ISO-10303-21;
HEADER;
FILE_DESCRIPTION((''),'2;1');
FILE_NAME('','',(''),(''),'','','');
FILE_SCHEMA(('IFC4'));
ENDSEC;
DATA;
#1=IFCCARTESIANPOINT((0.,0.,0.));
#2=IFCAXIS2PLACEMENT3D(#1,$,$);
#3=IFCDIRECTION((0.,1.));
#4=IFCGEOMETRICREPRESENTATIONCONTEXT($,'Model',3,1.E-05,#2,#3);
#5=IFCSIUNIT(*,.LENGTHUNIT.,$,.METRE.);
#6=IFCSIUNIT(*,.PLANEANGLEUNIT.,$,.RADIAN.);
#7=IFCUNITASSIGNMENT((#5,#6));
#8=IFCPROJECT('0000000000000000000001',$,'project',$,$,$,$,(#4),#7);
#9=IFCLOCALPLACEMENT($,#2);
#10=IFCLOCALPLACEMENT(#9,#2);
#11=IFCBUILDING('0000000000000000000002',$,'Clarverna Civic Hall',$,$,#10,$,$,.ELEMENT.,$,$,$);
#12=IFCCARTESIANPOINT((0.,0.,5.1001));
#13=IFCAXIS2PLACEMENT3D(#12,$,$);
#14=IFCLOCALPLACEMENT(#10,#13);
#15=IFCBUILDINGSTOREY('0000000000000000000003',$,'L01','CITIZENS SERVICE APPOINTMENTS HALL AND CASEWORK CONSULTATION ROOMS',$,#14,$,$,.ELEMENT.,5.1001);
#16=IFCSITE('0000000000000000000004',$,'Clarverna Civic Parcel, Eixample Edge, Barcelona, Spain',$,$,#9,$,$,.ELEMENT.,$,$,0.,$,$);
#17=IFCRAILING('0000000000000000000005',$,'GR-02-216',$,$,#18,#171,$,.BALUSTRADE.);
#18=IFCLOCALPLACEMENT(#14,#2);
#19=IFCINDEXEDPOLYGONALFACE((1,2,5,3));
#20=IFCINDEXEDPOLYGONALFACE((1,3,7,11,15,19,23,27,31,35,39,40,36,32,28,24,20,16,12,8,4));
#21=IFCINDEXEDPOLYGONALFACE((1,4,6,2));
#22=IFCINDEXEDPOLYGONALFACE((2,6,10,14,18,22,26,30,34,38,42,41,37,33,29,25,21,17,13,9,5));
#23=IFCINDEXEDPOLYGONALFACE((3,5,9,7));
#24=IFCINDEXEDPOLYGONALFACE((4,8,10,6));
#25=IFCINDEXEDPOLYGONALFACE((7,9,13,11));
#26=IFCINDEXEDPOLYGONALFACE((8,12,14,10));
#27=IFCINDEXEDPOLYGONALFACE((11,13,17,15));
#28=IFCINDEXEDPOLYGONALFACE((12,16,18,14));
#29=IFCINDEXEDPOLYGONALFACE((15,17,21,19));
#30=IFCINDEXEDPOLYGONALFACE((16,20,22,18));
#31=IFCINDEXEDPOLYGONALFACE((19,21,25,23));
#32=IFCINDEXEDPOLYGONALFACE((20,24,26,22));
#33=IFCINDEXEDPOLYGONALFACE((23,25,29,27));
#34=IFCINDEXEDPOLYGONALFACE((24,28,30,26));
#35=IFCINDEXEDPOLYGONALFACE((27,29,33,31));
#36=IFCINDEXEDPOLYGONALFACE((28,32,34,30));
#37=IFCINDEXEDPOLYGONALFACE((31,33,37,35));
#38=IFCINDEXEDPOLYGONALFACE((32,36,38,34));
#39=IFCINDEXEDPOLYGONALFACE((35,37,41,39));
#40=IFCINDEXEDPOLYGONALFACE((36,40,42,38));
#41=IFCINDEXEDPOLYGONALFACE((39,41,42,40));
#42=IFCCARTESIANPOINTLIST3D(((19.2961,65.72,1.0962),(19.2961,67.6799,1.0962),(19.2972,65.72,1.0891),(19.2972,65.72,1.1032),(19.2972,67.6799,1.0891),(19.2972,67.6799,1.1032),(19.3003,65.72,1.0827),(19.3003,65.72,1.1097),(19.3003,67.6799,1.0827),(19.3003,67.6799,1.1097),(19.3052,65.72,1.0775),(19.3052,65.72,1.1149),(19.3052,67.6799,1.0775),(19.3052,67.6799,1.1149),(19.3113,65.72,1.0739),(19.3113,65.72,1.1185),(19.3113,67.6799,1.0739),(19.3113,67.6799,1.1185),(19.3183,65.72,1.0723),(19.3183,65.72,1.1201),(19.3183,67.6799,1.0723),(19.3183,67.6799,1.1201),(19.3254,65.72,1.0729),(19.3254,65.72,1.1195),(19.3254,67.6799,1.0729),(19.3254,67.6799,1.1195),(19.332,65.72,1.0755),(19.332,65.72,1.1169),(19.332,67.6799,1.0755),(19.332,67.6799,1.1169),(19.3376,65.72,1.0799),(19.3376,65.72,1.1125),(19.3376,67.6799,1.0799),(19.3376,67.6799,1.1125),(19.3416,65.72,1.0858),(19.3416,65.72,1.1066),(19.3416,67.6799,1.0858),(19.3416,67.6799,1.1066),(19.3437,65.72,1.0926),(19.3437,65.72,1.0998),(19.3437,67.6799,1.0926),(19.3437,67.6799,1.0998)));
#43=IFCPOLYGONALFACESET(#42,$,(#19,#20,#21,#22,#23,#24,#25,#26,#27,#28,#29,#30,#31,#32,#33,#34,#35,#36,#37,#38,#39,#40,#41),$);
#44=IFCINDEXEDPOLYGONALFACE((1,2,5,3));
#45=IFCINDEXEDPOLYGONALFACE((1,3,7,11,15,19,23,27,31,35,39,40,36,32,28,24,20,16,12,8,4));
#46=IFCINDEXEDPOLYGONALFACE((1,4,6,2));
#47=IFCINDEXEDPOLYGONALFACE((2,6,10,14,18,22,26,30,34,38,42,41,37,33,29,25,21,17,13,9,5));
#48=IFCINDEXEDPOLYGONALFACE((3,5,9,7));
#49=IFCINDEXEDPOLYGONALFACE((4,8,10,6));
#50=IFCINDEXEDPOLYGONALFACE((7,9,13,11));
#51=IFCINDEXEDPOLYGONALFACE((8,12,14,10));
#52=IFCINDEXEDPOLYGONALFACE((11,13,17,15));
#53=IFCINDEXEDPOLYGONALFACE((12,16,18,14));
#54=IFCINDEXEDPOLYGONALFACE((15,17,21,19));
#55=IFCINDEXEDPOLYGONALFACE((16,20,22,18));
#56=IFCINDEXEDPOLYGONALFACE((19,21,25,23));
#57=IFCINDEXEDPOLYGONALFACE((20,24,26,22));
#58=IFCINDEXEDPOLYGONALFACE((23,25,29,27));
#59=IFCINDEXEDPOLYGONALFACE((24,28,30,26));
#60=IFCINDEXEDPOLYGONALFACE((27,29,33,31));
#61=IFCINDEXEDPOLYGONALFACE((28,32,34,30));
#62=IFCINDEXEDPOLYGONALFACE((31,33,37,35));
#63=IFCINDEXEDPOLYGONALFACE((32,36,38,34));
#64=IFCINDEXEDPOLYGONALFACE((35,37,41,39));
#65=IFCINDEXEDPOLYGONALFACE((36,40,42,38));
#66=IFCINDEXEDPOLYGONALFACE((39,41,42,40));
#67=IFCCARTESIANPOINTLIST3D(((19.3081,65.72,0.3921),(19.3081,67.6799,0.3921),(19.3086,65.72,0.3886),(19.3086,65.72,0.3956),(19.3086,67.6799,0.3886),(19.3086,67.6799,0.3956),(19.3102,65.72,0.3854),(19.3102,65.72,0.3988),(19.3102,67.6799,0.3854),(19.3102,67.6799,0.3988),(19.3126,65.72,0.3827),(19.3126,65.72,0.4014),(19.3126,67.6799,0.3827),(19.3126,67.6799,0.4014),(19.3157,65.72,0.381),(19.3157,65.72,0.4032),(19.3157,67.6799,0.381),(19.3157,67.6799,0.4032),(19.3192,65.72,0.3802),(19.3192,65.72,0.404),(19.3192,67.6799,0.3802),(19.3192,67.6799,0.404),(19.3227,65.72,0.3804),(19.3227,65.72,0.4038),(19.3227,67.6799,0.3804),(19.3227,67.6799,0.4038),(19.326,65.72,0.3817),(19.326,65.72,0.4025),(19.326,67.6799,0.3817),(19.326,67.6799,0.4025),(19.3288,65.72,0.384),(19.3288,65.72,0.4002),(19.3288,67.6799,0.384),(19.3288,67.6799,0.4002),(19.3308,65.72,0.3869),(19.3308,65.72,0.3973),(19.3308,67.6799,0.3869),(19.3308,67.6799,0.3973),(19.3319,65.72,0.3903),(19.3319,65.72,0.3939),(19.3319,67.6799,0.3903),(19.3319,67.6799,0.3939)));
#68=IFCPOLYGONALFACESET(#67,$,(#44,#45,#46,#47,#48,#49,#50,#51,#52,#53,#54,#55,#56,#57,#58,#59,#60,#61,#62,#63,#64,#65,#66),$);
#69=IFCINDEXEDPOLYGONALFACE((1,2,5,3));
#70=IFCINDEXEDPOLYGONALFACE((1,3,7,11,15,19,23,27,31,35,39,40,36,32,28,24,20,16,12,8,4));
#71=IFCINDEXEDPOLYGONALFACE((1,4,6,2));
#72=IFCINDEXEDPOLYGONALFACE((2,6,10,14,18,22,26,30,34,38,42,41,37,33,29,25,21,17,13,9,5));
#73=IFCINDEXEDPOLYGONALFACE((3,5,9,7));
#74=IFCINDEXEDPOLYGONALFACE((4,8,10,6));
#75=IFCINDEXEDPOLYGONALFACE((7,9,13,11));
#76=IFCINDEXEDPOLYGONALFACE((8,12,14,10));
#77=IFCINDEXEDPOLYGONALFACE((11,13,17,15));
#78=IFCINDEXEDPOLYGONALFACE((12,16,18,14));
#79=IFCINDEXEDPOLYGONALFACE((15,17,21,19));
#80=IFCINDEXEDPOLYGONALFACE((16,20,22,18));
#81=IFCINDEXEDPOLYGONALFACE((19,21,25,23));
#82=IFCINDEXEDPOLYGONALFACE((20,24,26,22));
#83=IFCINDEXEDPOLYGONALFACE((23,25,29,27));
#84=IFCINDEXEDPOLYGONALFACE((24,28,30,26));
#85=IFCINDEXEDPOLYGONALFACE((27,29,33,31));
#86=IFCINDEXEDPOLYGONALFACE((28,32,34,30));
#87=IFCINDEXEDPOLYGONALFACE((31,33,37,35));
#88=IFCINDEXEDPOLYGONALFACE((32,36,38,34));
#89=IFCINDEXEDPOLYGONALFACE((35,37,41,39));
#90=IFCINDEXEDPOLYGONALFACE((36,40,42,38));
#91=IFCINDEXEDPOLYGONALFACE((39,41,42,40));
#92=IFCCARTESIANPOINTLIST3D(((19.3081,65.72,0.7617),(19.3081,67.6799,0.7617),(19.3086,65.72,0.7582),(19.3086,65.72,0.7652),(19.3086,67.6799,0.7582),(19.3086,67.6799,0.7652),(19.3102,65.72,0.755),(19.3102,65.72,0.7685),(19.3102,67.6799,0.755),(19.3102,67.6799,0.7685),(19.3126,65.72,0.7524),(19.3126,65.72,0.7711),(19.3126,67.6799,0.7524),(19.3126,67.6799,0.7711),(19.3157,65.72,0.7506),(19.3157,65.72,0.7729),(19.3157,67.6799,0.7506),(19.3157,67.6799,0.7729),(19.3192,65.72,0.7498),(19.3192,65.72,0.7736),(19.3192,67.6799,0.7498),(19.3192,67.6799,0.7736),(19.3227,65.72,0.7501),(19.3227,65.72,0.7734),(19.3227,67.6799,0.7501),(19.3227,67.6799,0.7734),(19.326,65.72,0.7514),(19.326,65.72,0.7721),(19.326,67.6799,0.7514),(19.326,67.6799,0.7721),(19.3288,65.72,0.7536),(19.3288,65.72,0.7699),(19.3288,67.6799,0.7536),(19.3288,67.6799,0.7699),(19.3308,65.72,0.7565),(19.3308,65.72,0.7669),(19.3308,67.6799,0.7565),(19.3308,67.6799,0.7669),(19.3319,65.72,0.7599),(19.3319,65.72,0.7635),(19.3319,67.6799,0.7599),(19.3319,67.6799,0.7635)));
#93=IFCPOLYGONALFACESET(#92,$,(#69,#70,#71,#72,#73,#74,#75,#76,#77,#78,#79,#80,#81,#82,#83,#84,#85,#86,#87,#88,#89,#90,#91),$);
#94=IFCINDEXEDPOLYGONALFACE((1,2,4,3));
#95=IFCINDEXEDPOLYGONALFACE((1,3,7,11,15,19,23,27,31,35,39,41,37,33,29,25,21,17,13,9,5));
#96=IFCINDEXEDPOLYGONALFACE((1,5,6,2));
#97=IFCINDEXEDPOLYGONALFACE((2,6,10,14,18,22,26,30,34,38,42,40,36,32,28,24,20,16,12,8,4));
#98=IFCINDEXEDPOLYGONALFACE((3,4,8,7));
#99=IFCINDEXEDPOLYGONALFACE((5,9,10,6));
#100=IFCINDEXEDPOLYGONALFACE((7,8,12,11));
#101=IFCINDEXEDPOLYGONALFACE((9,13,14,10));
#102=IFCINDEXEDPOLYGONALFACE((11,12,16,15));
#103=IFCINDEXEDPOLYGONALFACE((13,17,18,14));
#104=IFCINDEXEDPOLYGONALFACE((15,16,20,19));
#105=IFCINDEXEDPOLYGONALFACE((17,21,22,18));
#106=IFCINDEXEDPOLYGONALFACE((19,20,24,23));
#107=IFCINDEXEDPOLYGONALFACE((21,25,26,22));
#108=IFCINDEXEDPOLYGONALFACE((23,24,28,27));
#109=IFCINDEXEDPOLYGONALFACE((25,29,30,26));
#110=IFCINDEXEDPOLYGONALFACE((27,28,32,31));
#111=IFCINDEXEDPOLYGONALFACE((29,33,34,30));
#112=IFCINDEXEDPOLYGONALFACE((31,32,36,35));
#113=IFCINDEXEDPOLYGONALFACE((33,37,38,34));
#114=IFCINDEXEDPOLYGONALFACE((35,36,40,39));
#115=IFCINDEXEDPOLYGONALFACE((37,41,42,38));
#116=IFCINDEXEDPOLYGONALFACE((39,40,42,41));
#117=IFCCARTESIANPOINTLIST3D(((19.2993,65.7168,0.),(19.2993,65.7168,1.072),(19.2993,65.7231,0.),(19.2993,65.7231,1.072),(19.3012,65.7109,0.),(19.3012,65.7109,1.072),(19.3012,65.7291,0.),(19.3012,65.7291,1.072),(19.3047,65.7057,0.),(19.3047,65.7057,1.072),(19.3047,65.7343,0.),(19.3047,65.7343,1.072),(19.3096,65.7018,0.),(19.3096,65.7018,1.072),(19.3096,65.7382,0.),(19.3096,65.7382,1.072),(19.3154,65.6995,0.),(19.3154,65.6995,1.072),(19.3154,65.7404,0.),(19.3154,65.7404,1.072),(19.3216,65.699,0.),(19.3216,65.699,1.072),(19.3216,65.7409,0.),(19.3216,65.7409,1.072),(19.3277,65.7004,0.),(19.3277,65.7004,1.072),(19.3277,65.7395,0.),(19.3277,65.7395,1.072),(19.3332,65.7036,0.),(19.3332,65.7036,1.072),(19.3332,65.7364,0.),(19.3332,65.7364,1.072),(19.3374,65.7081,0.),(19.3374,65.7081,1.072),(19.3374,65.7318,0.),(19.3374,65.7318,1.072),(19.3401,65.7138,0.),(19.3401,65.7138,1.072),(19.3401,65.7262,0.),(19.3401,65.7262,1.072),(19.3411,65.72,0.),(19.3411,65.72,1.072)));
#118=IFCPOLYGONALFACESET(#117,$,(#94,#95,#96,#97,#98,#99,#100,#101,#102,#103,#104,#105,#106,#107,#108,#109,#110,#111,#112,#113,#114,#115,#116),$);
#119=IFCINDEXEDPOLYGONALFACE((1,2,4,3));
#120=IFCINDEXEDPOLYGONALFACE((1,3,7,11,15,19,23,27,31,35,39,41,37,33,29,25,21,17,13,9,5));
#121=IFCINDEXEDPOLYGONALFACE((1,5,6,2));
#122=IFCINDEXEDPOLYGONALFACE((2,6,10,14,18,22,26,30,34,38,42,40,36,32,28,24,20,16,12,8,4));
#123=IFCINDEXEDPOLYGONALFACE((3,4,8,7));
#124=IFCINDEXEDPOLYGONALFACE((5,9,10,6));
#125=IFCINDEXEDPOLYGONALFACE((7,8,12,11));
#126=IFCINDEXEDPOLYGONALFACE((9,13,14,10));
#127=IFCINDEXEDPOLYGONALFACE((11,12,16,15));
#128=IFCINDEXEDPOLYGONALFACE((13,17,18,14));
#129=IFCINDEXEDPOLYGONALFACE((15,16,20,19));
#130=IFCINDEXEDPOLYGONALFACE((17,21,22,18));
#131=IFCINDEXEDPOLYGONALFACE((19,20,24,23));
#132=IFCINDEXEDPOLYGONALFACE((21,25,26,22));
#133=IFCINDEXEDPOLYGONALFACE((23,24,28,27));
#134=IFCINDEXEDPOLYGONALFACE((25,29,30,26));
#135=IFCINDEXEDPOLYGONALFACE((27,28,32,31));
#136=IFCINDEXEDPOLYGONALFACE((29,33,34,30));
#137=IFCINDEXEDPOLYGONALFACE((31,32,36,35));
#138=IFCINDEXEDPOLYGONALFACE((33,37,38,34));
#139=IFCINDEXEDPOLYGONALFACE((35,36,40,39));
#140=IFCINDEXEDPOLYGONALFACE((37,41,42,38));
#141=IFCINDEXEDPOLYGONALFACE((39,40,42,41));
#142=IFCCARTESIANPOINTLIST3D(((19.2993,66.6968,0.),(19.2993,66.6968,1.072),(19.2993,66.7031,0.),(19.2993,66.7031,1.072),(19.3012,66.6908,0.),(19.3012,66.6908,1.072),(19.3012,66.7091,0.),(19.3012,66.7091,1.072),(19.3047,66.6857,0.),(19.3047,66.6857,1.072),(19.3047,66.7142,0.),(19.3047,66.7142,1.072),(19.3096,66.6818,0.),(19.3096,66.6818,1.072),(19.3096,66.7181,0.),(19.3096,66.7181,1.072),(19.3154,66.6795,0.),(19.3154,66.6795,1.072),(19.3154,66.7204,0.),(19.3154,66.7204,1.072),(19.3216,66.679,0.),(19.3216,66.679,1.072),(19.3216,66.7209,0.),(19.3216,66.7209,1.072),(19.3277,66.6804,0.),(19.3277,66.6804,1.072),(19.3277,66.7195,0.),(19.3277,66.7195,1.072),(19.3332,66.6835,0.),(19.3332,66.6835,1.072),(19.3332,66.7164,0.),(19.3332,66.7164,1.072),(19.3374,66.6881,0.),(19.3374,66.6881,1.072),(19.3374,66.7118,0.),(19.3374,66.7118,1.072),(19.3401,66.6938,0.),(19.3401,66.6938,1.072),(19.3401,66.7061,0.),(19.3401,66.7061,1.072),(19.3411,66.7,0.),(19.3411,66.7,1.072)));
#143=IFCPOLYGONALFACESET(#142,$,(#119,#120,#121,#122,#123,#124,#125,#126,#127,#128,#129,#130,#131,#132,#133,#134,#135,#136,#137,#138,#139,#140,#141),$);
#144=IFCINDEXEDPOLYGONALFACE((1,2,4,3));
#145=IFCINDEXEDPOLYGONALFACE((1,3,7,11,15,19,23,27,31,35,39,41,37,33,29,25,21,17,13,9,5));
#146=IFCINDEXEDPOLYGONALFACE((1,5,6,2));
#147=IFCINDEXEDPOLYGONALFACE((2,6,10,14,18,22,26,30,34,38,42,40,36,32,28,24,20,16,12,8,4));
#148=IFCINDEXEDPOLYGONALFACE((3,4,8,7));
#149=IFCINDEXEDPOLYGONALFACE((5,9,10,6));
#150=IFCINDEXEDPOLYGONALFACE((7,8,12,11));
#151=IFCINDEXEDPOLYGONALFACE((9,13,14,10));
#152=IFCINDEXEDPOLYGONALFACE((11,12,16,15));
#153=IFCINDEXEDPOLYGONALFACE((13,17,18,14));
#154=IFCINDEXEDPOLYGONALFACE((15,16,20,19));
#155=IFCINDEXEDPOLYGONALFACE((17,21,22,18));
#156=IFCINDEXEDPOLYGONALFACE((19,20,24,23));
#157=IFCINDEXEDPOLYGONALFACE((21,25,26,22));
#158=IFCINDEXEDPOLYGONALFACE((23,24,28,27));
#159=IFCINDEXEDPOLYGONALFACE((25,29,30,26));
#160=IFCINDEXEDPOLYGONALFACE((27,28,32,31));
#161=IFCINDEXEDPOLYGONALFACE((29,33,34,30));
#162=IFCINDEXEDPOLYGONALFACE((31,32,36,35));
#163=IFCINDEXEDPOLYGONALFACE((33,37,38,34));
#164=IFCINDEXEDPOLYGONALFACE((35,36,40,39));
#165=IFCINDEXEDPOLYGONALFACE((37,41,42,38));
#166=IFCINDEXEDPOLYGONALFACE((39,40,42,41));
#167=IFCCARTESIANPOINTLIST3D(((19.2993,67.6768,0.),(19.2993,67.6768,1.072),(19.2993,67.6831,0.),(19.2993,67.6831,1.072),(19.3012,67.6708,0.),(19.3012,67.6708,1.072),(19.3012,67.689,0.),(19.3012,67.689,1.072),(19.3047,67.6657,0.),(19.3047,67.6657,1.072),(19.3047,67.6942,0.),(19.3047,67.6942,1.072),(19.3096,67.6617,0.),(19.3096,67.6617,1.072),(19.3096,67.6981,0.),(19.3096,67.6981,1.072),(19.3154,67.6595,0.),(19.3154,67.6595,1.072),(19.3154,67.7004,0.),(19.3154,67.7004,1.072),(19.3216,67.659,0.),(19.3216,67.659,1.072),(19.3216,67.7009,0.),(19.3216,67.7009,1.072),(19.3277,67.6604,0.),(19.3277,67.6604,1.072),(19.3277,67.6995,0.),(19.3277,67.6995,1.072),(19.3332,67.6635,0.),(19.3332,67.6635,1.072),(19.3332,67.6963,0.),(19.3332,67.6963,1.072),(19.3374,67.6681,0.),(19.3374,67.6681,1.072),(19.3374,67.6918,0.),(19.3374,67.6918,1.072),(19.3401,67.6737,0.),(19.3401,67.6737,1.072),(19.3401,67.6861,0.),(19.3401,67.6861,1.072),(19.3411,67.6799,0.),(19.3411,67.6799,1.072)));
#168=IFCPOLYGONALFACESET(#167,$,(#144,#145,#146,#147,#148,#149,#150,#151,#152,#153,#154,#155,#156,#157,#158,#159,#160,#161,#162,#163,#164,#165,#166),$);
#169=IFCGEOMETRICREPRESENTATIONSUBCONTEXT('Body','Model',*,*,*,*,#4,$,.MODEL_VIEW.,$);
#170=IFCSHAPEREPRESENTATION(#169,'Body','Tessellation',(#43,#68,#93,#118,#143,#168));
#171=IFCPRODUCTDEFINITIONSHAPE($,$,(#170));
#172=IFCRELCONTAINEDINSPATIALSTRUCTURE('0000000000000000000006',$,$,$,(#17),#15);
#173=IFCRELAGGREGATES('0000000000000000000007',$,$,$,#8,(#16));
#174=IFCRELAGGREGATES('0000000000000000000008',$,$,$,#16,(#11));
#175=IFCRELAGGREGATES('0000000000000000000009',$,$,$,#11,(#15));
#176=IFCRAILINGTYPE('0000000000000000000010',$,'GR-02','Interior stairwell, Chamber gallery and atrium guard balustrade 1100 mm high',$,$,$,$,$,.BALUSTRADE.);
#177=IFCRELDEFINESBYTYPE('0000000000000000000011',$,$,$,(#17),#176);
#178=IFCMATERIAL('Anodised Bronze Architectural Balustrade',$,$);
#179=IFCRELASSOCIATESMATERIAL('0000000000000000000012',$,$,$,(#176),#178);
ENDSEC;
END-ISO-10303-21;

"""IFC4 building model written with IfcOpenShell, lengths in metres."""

from ifc_helpers import new_model, si_unit, direction, frame, origin, origin_2d, place, context, subcontext, project, spatial, circle, extrude, material, type_object, element, save


model = new_model("IFC4")

# Units and contexts
model_context = context("Model", 3, precision=1e-05, world=origin(), true_north=direction((0.0, 1.0)))
body_context = subcontext(model_context, "Body", "Model", "MODEL_VIEW")
ifc_project = project(units=[si_unit("LENGTHUNIT", "METRE"), si_unit("PLANEANGLEUNIT", "RADIAN")], contexts=[model_context])

# Site, building, storey
site_placement = place(None, origin())
site = spatial("IfcSite", under=ifc_project, at=site_placement, Name="Clarverna Civic Parcel, Eixample Edge, Barcelona, Spain", CompositionType="ELEMENT", RefElevation=0.0)
building_placement = place(site_placement, origin())
building = spatial("IfcBuilding", under=site, at=building_placement, Name="Clarverna Civic Hall", CompositionType="ELEMENT")
storey_placement = place(building_placement, frame((0.0, 0.0, 5.1001)))
storey = spatial("IfcBuildingStorey", under=building, at=storey_placement, Name="L01", Description="CITIZENS SERVICE APPOINTMENTS HALL AND CASEWORK CONSULTATION ROOMS", CompositionType="ELEMENT", Elevation=5.1001)

# Railing
ifc_material_1 = material(Name="Anodised Bronze Architectural Balustrade")
railing_type = type_object("IfcRailingType", Name="GR-02", Description="Interior stairwell, Chamber gallery and atrium guard balustrade 1100 mm high", PredefinedType="BALUSTRADE", material=ifc_material_1)
railing_1_placement = place(storey_placement, frame((19.3201, 65.72, 0.0)))
element("IfcRailing", 1, at=railing_1_placement, inside=storey, type_object=railing_type, Name="GR-02-216", PredefinedType="BALUSTRADE", context=body_context, shape_type="SweptSolid", body=[
    extrude(circle(Radius=0.0239, at=origin_2d()), frame((0.0, 0.0, 1.0962), z_axis=(0.0, 1.0, 0.0), x_axis=(-1.0, 0.0, 0.0)), (0.0, 0.0, 1.0), 1.96),
    extrude(circle(Radius=0.012, at=origin_2d()), frame((0.0, 0.0, 0.3921), z_axis=(0.0, 1.0, 0.0), x_axis=(-1.0, 0.0, 0.0)), (0.0, 0.0, 1.0), 1.96),
    extrude(circle(Radius=0.012, at=origin_2d()), frame((0.0, 0.0, 0.7617), z_axis=(0.0, 1.0, 0.0), x_axis=(-1.0, 0.0, 0.0)), (0.0, 0.0, 1.0), 1.96),
    extrude(circle(Radius=0.021, at=origin_2d()), origin(), (0.0, 0.0, 1.0), 1.072),
    extrude(circle(Radius=0.021, at=origin_2d()), frame((0.0, 0.98, 0.0)), (0.0, 0.0, 1.0), 1.072),
    extrude(circle(Radius=0.021, at=origin_2d()), frame((0.0, 1.96, 0.0)), (0.0, 0.0, 1.0), 1.072),
])

save(model, "model.ifc")
